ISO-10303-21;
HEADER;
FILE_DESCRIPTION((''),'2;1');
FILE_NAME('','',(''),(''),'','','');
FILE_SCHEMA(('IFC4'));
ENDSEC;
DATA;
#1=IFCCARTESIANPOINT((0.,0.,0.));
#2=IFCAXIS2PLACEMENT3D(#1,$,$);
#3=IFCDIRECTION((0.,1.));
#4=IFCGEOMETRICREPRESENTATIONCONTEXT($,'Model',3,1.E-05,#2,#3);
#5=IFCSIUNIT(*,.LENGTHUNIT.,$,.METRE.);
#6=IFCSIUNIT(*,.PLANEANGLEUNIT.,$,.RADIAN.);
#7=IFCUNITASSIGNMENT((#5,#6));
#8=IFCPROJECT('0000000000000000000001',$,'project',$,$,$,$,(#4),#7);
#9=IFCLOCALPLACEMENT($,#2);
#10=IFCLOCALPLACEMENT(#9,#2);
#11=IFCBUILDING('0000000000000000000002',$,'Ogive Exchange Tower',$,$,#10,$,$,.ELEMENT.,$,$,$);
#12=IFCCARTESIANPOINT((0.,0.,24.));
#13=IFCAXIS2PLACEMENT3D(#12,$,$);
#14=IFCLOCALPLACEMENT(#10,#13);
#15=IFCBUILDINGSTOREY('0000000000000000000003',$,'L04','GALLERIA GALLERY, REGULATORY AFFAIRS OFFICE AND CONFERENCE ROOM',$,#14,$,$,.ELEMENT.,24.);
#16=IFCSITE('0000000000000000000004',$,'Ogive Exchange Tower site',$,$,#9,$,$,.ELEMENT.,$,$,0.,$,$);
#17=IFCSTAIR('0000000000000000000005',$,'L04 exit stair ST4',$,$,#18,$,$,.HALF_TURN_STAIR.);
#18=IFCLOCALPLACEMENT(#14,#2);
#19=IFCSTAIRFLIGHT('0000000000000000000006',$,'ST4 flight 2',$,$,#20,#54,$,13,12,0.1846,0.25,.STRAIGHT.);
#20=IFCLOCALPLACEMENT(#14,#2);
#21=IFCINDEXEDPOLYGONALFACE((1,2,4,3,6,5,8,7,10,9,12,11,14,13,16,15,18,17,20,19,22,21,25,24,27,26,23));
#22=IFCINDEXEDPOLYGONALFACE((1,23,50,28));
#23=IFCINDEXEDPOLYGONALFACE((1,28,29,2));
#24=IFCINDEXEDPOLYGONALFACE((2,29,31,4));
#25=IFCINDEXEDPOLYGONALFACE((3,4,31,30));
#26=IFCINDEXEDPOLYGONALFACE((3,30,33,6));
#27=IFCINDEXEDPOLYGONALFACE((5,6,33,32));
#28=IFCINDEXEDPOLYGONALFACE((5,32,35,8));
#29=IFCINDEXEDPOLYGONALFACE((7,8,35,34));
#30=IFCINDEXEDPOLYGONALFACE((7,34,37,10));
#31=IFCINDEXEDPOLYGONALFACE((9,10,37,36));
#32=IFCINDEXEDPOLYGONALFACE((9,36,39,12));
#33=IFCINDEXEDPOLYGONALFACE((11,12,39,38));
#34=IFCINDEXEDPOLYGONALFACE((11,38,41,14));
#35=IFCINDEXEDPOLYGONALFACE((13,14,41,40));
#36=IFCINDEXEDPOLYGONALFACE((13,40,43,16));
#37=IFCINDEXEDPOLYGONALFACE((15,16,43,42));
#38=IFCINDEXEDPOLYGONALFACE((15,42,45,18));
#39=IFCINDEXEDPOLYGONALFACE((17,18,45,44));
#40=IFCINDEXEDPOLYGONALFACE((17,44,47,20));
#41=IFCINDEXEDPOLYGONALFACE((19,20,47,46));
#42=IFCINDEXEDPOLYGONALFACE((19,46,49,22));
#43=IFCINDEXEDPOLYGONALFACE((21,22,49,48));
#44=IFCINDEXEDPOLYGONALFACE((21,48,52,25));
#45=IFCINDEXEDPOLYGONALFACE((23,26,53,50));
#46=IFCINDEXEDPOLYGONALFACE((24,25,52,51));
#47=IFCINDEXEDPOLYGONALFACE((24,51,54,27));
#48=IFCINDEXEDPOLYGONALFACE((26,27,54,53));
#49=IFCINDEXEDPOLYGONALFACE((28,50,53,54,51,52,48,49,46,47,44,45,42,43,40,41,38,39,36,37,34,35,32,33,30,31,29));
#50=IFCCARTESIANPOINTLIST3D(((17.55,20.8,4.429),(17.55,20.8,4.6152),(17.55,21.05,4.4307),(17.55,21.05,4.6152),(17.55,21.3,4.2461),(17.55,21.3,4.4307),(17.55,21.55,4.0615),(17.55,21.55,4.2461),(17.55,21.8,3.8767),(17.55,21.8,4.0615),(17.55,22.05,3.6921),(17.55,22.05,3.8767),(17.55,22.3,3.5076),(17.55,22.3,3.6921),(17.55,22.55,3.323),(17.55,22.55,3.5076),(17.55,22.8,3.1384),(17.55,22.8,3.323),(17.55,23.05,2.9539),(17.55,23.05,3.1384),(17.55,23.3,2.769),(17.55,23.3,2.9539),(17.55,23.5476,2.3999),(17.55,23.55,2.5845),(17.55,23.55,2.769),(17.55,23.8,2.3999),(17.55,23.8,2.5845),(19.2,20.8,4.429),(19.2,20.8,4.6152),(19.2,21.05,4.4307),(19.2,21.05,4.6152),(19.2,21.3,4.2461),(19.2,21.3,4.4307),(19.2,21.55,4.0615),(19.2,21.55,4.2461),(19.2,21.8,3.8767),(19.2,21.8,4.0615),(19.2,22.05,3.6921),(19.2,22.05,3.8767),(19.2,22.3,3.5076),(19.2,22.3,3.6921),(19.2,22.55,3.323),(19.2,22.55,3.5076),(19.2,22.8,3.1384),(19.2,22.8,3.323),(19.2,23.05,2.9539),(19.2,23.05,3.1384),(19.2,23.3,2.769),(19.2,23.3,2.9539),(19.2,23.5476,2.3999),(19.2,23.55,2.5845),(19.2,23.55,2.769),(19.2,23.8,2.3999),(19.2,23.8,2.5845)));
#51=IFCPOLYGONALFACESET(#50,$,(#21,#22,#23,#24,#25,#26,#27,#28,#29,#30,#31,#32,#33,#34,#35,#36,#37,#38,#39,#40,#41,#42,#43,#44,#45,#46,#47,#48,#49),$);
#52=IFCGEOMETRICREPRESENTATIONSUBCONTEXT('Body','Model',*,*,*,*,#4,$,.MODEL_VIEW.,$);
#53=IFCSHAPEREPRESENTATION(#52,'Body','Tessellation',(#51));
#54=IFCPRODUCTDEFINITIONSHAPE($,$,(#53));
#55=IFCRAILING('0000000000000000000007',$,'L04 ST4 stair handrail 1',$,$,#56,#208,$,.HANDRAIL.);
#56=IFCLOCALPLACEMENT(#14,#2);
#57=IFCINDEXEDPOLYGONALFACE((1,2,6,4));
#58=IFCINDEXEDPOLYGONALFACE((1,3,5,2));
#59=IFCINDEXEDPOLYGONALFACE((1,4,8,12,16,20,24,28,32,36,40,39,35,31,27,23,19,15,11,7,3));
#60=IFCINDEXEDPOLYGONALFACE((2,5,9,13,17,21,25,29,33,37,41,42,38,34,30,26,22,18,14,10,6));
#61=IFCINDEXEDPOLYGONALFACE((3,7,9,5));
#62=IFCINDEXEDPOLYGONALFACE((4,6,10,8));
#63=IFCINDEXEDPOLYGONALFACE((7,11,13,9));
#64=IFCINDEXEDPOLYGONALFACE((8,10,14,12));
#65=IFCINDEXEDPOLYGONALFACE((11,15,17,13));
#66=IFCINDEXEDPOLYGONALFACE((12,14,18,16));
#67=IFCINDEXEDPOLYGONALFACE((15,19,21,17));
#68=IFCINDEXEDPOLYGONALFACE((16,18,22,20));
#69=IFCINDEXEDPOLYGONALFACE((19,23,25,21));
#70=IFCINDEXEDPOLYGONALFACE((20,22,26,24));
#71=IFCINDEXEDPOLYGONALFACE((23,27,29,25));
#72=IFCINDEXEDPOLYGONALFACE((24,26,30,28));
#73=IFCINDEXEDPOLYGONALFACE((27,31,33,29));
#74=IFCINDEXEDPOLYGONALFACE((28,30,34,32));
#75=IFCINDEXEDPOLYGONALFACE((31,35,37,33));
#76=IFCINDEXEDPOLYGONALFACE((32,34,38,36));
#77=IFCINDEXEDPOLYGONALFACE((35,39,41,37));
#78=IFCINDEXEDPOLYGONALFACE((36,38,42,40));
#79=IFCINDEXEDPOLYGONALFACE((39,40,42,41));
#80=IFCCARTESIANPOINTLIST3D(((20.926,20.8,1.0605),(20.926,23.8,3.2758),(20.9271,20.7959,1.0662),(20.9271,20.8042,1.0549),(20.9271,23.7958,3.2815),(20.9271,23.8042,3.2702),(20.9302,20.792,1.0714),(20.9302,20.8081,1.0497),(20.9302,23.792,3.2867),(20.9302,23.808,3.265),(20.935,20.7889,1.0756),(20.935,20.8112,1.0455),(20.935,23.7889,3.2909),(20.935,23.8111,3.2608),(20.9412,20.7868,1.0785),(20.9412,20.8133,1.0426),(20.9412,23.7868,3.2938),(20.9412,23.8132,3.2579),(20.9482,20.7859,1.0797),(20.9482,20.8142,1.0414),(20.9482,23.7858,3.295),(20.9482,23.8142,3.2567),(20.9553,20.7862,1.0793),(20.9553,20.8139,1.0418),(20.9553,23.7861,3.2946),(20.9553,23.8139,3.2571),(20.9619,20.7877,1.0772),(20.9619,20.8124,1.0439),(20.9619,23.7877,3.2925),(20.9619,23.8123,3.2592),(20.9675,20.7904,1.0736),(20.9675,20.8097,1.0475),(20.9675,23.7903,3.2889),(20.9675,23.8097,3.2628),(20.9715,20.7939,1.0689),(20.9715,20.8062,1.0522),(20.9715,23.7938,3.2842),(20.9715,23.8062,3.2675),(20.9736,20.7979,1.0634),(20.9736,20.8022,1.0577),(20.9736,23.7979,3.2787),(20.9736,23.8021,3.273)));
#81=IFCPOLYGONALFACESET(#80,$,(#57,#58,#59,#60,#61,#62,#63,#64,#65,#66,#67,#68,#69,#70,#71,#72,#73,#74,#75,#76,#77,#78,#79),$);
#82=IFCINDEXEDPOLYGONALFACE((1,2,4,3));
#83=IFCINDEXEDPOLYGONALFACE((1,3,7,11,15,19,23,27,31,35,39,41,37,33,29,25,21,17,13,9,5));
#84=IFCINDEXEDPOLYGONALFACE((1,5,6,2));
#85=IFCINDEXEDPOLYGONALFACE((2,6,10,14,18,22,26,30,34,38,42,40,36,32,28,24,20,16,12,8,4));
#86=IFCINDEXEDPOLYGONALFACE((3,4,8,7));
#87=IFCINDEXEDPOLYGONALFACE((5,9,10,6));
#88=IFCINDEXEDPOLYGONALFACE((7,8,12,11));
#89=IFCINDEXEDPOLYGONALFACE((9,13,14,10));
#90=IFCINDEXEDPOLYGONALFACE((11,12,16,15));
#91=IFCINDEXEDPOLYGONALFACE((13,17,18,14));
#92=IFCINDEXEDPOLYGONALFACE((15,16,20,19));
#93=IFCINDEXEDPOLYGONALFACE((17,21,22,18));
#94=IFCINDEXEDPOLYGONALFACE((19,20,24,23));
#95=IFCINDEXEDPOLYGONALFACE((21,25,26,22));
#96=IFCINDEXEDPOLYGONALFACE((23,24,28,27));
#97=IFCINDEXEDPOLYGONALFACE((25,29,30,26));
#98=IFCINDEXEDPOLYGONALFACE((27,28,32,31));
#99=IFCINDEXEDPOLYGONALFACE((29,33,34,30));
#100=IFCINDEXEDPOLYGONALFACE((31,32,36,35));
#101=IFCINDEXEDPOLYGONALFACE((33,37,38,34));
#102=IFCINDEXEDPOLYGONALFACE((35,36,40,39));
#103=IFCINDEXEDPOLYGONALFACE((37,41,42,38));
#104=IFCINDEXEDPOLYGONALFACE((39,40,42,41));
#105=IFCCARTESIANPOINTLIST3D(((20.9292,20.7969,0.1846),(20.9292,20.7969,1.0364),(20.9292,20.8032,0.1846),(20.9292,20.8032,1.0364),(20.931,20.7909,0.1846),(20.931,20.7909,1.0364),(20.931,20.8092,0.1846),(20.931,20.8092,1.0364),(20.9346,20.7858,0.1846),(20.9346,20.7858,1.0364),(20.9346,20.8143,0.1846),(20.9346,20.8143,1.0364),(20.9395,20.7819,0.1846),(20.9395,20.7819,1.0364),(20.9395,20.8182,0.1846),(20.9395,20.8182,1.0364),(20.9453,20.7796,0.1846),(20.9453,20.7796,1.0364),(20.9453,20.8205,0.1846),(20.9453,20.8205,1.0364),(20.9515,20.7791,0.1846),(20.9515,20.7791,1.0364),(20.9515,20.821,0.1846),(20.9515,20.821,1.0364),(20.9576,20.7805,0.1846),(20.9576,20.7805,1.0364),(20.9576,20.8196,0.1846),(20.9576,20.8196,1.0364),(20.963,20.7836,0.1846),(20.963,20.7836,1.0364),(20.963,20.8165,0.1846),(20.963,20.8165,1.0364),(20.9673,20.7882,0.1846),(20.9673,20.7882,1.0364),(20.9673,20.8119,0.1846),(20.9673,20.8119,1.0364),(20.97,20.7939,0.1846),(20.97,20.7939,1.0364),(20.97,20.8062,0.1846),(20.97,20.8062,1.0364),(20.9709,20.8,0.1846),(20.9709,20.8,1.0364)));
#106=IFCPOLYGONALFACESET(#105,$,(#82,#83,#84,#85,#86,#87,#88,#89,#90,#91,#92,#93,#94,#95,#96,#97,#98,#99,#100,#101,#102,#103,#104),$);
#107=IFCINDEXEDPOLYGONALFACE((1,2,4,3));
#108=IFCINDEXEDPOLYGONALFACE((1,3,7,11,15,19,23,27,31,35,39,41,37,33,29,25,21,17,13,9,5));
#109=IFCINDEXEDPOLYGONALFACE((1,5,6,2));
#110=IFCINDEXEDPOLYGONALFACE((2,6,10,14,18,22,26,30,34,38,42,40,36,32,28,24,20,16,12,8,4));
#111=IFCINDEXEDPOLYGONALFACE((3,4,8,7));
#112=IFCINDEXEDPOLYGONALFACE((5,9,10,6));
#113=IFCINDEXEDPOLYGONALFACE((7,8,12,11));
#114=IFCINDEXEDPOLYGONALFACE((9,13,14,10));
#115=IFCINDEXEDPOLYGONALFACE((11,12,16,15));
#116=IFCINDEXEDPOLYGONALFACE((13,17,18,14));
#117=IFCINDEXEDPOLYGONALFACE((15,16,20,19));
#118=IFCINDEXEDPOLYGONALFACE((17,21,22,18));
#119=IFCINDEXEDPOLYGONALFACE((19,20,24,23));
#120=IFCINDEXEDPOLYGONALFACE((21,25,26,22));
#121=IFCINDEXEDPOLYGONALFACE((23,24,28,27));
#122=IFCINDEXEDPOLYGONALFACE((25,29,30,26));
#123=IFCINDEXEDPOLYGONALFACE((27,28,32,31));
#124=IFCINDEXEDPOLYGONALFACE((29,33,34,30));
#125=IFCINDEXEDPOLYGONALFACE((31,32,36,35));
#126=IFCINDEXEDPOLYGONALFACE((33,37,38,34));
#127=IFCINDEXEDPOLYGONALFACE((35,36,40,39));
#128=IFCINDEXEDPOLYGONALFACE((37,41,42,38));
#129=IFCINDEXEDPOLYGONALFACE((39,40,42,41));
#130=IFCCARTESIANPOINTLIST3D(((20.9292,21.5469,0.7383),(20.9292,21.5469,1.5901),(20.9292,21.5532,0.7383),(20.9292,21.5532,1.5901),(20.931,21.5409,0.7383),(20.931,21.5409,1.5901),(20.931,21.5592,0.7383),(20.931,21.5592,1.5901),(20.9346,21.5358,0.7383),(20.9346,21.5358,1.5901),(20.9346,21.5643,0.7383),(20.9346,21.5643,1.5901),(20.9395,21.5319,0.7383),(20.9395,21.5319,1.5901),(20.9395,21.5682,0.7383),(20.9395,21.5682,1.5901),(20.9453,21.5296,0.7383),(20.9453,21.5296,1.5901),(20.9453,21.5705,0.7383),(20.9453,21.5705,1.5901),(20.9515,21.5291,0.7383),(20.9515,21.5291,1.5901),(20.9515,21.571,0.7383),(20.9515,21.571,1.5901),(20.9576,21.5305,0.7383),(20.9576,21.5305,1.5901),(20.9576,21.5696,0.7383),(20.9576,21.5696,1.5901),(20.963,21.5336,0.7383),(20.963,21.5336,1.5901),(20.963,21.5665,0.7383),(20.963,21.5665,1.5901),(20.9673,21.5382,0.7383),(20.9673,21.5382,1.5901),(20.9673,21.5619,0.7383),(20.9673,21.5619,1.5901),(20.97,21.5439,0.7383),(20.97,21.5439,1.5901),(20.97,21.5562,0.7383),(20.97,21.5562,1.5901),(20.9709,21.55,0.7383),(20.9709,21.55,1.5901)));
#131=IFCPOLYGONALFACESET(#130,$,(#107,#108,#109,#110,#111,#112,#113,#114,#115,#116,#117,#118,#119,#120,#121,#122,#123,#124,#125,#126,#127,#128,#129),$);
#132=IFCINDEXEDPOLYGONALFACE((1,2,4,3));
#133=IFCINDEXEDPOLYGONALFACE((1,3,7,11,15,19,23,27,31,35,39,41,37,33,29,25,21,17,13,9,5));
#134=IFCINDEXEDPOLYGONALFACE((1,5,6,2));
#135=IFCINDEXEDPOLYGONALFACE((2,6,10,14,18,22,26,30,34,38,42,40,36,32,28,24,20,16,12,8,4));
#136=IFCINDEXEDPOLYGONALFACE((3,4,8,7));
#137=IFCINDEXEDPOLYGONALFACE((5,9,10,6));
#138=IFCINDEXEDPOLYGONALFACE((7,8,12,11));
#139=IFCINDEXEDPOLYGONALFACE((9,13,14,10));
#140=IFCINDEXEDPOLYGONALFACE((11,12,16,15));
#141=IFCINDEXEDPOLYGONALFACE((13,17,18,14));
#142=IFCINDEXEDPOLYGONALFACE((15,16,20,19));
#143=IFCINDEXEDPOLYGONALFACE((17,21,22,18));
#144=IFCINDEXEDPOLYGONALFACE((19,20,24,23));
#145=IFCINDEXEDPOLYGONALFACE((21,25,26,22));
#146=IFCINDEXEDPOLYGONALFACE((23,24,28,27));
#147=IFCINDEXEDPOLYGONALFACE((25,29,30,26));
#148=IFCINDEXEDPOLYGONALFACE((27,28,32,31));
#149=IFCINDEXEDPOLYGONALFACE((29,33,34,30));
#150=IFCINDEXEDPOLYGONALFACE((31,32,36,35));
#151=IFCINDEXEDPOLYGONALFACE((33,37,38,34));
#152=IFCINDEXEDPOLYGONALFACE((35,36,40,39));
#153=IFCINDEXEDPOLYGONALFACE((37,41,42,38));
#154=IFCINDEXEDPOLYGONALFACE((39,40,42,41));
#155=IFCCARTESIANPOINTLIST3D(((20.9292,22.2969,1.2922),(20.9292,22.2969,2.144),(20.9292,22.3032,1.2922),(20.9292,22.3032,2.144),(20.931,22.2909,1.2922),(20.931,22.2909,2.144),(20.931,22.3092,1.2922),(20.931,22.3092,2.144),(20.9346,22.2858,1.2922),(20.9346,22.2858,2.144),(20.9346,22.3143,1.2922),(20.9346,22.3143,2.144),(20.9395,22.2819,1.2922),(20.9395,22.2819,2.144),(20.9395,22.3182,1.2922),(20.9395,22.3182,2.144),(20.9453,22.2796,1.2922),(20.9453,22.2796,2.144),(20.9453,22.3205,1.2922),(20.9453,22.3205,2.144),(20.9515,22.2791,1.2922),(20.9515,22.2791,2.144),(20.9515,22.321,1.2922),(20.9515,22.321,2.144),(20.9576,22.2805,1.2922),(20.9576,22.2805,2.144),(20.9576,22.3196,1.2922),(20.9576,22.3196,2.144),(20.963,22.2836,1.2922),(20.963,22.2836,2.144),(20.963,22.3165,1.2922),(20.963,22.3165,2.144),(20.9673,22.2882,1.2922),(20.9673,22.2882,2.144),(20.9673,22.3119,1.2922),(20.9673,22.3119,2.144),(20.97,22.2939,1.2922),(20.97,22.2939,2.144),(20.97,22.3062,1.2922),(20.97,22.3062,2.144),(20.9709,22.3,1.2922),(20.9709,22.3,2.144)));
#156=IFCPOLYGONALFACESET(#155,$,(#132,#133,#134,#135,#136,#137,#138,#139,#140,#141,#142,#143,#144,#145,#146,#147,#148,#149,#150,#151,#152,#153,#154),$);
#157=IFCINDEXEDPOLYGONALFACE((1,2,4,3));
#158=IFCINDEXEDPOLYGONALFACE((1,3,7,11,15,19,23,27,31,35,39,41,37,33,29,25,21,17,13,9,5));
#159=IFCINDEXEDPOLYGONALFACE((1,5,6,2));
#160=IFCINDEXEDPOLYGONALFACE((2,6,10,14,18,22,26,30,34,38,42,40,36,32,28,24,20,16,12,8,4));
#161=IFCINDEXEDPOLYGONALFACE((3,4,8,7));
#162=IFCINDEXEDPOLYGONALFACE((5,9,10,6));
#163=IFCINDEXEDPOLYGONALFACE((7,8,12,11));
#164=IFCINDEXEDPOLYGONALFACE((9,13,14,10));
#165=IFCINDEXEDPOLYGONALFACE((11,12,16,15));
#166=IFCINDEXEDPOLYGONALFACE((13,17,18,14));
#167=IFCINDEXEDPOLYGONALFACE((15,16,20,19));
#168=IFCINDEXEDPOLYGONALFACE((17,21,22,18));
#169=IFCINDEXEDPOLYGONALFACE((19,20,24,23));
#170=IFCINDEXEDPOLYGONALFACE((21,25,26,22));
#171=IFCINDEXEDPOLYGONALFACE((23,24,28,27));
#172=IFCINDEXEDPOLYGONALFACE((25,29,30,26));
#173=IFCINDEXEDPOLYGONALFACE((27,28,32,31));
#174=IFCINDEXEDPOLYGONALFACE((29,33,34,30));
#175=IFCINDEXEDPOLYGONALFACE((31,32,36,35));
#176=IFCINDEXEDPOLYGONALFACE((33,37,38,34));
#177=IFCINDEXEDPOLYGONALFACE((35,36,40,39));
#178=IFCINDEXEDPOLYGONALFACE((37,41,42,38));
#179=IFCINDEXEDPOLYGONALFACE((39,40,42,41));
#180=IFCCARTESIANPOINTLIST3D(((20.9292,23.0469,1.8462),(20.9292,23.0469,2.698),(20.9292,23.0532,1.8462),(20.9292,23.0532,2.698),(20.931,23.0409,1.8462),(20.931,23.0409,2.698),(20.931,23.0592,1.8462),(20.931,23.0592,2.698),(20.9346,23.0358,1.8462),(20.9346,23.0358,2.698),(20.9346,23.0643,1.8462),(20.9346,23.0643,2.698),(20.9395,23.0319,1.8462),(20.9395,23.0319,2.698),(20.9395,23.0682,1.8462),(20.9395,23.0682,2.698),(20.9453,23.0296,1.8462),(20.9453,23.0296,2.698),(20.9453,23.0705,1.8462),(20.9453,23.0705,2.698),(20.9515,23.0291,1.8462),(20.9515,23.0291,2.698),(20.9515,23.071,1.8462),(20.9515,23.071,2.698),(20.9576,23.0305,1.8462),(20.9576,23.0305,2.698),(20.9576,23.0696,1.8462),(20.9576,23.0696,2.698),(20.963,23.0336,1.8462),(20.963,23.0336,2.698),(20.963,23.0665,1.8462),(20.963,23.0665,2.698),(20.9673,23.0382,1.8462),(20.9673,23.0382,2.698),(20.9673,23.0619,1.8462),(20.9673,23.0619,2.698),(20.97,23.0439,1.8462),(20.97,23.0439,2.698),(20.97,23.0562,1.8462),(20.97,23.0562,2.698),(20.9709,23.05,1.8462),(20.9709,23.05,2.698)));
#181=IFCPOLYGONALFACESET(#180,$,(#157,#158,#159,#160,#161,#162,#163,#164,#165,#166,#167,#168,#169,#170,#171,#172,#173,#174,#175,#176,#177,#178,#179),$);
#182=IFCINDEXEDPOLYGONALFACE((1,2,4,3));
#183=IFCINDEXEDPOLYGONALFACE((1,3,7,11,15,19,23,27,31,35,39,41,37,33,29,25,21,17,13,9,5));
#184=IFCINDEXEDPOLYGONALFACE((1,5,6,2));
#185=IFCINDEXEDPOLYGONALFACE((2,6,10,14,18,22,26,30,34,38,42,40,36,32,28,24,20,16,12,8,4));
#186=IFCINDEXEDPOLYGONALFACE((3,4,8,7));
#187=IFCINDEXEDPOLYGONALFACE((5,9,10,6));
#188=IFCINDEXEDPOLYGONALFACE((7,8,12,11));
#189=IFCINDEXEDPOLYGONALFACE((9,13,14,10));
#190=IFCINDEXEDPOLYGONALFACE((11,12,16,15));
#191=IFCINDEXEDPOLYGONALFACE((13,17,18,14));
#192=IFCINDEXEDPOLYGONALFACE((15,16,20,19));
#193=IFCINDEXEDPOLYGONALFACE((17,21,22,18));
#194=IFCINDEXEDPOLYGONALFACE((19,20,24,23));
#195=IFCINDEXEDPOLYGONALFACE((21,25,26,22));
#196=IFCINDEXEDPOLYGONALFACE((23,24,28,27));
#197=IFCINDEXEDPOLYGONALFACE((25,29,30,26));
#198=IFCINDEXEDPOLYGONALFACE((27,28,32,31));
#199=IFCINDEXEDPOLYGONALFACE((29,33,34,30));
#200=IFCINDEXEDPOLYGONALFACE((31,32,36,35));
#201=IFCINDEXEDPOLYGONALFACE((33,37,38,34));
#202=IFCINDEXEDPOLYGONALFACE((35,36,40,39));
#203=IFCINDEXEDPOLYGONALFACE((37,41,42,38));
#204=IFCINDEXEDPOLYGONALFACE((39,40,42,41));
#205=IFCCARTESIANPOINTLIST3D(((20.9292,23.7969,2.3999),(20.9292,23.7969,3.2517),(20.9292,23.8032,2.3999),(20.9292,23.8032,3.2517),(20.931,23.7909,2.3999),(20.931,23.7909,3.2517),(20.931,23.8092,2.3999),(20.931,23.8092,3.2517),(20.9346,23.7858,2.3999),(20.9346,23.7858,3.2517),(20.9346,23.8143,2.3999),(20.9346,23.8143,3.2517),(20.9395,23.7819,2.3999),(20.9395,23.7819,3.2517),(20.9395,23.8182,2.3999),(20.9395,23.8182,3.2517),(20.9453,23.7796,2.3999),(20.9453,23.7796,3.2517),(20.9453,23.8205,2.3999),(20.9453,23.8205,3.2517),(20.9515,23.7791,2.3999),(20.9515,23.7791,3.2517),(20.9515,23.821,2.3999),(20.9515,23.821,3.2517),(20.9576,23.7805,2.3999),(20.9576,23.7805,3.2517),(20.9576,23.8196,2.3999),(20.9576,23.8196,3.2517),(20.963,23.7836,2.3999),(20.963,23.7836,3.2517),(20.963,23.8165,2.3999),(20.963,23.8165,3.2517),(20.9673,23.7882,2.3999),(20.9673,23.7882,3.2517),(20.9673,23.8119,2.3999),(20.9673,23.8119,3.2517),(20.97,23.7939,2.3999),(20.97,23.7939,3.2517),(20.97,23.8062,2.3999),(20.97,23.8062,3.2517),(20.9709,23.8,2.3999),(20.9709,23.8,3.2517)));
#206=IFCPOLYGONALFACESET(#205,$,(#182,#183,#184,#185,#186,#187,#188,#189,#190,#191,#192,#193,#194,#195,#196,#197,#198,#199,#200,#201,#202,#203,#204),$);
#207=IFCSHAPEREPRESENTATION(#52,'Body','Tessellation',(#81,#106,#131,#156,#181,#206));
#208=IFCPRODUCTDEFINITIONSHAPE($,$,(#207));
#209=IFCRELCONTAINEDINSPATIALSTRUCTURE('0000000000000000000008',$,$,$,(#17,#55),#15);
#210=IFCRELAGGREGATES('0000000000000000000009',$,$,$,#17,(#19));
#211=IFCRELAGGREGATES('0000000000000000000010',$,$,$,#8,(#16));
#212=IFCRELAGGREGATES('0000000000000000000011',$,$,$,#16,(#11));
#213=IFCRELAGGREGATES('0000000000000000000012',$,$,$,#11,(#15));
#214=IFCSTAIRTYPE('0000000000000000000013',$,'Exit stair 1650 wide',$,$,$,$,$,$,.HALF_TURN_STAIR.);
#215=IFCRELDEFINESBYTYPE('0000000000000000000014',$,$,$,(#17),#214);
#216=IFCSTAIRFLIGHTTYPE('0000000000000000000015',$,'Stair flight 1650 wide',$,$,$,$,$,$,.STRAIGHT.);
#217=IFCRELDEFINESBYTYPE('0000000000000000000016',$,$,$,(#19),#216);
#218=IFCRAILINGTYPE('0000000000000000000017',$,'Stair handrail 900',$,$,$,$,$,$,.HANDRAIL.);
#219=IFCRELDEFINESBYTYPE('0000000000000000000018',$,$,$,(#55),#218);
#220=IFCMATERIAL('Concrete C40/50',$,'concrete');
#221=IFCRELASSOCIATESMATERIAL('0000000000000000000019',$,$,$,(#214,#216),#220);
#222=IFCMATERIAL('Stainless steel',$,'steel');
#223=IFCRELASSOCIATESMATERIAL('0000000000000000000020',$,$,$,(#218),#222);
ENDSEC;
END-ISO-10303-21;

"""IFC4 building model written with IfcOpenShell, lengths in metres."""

from ifc_helpers import new_model, si_unit, direction, frame, origin, origin_2d, place, context, subcontext, project, spatial, polyline, circle, outline, extrude, material, type_object, element, aggregate, save


model = new_model("IFC4")

# Units and contexts
model_context = context("Model", 3, precision=1e-05, world=origin(), true_north=direction((0.0, 1.0)))
body_context = subcontext(model_context, "Body", "Model", "MODEL_VIEW")
ifc_project = project(units=[si_unit("LENGTHUNIT", "METRE"), si_unit("PLANEANGLEUNIT", "RADIAN")], contexts=[model_context])

# Site, building, storey
site_placement = place(None, origin())
site = spatial("IfcSite", under=ifc_project, at=site_placement, Name="Ogive Exchange Tower site", CompositionType="ELEMENT", RefElevation=0.0)
building_placement = place(site_placement, origin())
building = spatial("IfcBuilding", under=site, at=building_placement, Name="Ogive Exchange Tower", CompositionType="ELEMENT")
storey_placement = place(building_placement, frame((0.0, 0.0, 24.0)))
storey = spatial("IfcBuildingStorey", under=building, at=storey_placement, Name="L04", Description="GALLERIA GALLERY, REGULATORY AFFAIRS OFFICE AND CONFERENCE ROOM", CompositionType="ELEMENT", Elevation=24.0)

# Stair, stair flight
ifc_material_1 = material(Name="Concrete C40/50", Category="concrete")
stair_type = type_object("IfcStairType", Name="Exit stair 1650 wide", PredefinedType="HALF_TURN_STAIR", material=ifc_material_1)
stair_placement = place(storey_placement, origin())
stair = element("IfcStair", 1, at=stair_placement, inside=storey, type_object=stair_type, Name="L04 exit stair ST4", PredefinedType="HALF_TURN_STAIR")
stair_flight_type = type_object("IfcStairFlightType", Name="Stair flight 1650 wide", PredefinedType="STRAIGHT", material=ifc_material_1)
stair_flight_1_placement = place(storey_placement, frame((18.375, 23.8, 2.3999), z_axis=(0.0, 0.0, 1.0), x_axis=(0.0, -1.0, 0.0)))
stair_flight_1 = element("IfcStairFlight", 2, at=stair_flight_1_placement, type_object=stair_flight_type, Name="ST4 flight 2", NumberOfRisers=13, NumberOfTreads=12, PredefinedType="STRAIGHT", RiserHeight=0.1846, TreadLength=0.25, context=body_context, shape_type="SweptSolid", body=[
    extrude(outline(polyline([(0.0, 0.0), (0.0, 0.1846), (0.25, 0.1846), (0.25, 0.3691), (0.5, 0.3691), (0.5, 0.554), (0.75, 0.554), (0.75, 0.7385), (1.0, 0.7385), (1.0, 0.9231), (1.25, 0.9231), (1.25, 1.1077), (1.5, 1.1077), (1.5, 1.2922), (1.75, 1.2922), (1.75, 1.4768), (2.0, 1.4768), (2.0, 1.6616), (2.25, 1.6616), (2.25, 1.8462), (2.5, 1.8462), (2.5, 2.0308), (2.75, 2.0308), (2.75, 2.2153), (3.0, 2.2153), (3.0, 2.3999), (3.0, 2.0291), (0.2524, 0.0), (0.0, 0.0)])), frame((0.0, 0.825, 0.0), z_axis=(0.0, -1.0, 0.0), x_axis=(1.0, 0.0, 0.0)), (0.0, 0.0, 1.0), 1.6499),
])
aggregate(stair, [stair_flight_1])

# Railing
ifc_material_2 = material(Name="Stainless steel", Category="steel")
railing_type = type_object("IfcRailingType", Name="Stair handrail 900", PredefinedType="HANDRAIL", material=ifc_material_2)
railing_placement = place(storey_placement, frame((20.95, 20.8, 0.1846)))
element("IfcRailing", 3, at=railing_placement, inside=storey, type_object=railing_type, Name="L04 ST4 stair handrail 1", PredefinedType="HANDRAIL", context=body_context, shape_type="SweptSolid", body=[
    extrude(circle(Radius=0.0239, at=origin_2d()), frame((0.0, 0.0, 0.876), z_axis=(0.0, 0.80444, 0.594034), x_axis=(-1.0, 0.0, 0.0)), (0.0, 0.0, 1.0), 3.7292),
    extrude(circle(Radius=0.021, at=origin_2d()), origin(), (0.0, 0.0, 1.0), 0.8518),
    extrude(circle(Radius=0.021, at=origin_2d()), frame((0.0, 0.75, 0.5537)), (0.0, 0.0, 1.0), 0.8518),
    extrude(circle(Radius=0.021, at=origin_2d()), frame((0.0, 1.5, 1.1077)), (0.0, 0.0, 1.0), 0.8518),
    extrude(circle(Radius=0.021, at=origin_2d()), frame((0.0, 2.25, 1.6616)), (0.0, 0.0, 1.0), 0.8518),
    extrude(circle(Radius=0.021, at=origin_2d()), frame((0.0, 3.0, 2.2153)), (0.0, 0.0, 1.0), 0.8518),
])

save(model, "model.ifc")
